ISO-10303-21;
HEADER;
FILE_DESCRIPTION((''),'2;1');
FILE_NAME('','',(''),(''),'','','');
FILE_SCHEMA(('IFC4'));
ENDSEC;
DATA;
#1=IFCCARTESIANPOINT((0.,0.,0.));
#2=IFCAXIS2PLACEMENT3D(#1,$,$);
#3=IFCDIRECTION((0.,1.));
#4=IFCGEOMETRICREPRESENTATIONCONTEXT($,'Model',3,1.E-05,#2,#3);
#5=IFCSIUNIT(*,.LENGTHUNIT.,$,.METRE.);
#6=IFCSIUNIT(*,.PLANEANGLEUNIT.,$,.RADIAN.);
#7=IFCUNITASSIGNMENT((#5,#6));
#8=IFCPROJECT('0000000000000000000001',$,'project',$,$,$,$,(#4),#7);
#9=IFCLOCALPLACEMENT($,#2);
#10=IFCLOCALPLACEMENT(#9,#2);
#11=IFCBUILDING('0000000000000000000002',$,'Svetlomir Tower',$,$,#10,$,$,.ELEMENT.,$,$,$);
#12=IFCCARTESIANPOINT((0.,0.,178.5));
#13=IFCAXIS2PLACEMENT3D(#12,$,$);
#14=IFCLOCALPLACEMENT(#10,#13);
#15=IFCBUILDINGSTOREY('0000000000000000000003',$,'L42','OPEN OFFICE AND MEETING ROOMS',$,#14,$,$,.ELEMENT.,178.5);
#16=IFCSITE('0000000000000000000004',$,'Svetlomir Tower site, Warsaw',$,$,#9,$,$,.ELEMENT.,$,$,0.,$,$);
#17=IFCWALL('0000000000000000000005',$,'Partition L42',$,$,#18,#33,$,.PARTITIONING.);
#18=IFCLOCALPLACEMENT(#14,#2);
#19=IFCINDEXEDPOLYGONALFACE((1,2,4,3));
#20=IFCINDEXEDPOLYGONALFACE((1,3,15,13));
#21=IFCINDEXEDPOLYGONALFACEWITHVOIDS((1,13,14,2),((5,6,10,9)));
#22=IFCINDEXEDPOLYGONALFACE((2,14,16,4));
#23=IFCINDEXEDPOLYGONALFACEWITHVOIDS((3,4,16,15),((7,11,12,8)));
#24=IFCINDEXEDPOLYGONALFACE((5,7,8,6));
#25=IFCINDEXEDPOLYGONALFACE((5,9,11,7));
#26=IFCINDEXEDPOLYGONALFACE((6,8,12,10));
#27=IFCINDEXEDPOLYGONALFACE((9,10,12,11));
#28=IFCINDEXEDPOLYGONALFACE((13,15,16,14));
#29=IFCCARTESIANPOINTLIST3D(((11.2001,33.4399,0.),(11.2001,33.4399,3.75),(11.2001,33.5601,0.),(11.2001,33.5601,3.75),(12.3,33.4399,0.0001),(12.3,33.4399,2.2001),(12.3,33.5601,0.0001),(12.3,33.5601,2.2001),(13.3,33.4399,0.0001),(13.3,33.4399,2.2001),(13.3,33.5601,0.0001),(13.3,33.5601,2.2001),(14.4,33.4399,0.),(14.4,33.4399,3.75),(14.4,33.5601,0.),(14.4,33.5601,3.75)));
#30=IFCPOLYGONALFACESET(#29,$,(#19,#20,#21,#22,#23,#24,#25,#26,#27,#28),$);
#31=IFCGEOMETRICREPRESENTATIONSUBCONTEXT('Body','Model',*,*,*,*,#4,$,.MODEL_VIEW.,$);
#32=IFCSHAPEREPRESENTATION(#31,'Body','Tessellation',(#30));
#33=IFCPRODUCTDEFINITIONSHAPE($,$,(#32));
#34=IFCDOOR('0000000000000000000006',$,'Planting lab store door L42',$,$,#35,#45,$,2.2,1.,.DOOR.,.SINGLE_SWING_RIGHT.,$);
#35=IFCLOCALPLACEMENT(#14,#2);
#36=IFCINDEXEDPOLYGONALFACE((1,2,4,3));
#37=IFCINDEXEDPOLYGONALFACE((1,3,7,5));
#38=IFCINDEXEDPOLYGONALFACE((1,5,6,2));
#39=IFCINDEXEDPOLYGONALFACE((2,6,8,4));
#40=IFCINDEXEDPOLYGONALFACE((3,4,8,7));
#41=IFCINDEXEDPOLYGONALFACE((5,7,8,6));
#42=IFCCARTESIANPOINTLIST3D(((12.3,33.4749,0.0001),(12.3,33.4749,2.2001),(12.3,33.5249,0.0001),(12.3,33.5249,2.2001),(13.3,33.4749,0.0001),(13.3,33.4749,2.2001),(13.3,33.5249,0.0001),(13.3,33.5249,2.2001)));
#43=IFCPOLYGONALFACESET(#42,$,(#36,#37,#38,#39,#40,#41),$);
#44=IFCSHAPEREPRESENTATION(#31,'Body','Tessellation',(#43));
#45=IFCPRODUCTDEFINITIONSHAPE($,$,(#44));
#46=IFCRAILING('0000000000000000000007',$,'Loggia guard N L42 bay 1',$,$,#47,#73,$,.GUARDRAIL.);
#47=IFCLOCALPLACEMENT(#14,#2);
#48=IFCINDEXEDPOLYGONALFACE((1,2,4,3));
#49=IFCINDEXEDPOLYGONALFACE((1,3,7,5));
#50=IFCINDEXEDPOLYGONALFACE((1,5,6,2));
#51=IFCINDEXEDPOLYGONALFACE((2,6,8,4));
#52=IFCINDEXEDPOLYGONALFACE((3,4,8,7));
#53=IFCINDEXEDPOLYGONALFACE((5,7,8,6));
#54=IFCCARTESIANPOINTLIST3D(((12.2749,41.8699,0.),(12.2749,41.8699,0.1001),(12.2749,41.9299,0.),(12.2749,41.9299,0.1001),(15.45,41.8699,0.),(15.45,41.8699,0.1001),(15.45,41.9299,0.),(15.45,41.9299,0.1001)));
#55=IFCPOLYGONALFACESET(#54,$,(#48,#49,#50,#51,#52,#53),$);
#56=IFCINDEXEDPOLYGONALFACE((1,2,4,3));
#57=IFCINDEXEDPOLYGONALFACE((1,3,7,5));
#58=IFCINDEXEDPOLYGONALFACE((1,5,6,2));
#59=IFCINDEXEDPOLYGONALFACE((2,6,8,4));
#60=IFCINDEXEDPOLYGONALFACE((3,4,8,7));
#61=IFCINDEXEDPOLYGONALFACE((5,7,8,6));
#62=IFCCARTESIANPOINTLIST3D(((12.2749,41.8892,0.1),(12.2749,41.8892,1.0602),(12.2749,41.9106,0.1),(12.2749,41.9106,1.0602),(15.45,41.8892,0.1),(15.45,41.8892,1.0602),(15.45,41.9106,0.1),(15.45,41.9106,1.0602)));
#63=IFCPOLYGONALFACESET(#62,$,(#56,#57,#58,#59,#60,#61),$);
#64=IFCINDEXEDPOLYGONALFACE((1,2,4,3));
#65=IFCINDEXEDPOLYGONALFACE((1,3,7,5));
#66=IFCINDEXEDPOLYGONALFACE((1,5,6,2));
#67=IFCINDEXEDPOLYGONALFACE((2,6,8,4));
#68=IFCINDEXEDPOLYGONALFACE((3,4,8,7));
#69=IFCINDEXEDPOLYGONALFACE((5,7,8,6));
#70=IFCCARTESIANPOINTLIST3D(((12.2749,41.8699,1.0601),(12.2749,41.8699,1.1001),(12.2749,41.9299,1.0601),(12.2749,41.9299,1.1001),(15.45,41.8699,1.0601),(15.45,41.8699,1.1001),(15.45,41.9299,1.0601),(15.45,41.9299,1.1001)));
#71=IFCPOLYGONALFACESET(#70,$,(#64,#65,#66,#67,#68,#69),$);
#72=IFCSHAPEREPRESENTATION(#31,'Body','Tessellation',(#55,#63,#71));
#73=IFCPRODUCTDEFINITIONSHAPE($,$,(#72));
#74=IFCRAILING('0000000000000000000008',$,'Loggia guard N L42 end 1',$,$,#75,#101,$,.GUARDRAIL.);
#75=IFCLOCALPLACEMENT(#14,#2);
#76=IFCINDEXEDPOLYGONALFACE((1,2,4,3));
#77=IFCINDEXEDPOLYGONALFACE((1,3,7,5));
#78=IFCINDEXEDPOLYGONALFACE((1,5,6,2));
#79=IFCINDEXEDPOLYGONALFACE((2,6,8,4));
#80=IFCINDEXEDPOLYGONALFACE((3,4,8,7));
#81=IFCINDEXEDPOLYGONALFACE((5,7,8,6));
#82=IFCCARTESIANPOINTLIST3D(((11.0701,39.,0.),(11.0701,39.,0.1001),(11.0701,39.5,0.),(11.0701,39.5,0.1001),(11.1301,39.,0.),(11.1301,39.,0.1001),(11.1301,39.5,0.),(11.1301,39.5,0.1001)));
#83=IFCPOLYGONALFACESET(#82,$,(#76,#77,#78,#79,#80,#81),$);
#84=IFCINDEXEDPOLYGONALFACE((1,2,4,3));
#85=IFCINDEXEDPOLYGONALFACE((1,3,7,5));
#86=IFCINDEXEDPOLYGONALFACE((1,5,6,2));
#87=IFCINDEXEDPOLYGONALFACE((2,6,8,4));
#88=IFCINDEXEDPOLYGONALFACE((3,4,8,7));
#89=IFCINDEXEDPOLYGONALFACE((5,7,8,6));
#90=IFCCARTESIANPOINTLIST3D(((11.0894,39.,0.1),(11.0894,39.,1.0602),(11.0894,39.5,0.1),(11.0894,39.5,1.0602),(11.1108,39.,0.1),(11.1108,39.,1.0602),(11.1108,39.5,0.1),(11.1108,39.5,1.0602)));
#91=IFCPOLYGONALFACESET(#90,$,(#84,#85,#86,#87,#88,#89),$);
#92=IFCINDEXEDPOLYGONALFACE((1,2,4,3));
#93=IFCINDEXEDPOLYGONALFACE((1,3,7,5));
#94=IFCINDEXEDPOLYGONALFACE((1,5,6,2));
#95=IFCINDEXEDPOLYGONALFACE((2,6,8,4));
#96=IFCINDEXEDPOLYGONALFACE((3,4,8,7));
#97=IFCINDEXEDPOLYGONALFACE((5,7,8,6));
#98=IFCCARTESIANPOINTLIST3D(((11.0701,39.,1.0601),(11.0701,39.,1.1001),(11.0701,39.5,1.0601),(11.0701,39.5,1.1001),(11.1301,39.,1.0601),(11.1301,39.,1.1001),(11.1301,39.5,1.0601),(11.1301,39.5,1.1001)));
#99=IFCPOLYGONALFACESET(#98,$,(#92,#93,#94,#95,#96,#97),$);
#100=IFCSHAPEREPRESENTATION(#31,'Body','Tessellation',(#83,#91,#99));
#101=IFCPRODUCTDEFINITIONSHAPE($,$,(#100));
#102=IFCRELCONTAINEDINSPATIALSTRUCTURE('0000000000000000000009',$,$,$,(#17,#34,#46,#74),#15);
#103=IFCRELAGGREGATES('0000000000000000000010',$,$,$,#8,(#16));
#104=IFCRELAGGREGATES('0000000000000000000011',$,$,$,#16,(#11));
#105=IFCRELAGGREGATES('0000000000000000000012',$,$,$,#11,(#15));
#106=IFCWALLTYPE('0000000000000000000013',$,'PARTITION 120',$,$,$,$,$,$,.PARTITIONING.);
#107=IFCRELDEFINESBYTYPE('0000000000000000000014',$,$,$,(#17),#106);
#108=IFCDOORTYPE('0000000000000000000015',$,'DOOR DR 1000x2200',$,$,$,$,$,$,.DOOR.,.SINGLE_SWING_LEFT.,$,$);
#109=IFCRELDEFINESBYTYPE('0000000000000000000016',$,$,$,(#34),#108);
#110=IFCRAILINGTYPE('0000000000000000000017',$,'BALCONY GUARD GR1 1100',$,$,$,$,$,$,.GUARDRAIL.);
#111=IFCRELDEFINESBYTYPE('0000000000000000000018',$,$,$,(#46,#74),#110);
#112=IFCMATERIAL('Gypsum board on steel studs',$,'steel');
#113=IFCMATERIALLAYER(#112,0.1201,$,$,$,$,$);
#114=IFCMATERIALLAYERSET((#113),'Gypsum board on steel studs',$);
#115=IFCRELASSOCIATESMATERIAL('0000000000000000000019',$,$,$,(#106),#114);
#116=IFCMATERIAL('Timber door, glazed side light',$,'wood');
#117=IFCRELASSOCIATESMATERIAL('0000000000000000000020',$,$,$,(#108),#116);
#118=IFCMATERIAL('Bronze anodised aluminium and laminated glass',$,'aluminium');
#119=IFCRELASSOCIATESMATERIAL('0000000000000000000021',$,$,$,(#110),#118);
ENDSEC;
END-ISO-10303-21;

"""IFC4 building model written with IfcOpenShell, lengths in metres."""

from ifc_helpers import new_model, si_unit, direction, frame, frame_2d, origin, origin_2d, place, context, subcontext, project, spatial, rectangle, extrude, material, layer, layer_set, type_object, element, fill, save


model = new_model("IFC4")

# Units and contexts
model_context = context("Model", 3, precision=1e-05, world=origin(), true_north=direction((0.0, 1.0)))
body_context = subcontext(model_context, "Body", "Model", "MODEL_VIEW")
ifc_project = project(units=[si_unit("LENGTHUNIT", "METRE"), si_unit("PLANEANGLEUNIT", "RADIAN")], contexts=[model_context])

# Site, building, storey
site_placement = place(None, origin())
site = spatial("IfcSite", under=ifc_project, at=site_placement, Name="Svetlomir Tower site, Warsaw", CompositionType="ELEMENT", RefElevation=0.0)
building_placement = place(site_placement, origin())
building = spatial("IfcBuilding", under=site, at=building_placement, Name="Svetlomir Tower", CompositionType="ELEMENT")
storey_placement = place(building_placement, frame((0.0, 0.0, 178.5)))
storey = spatial("IfcBuildingStorey", under=building, at=storey_placement, Name="L42", Description="OPEN OFFICE AND MEETING ROOMS", CompositionType="ELEMENT", Elevation=178.5)

# Wall, opening, door
ifc_material_1 = material(Name="Gypsum board on steel studs", Category="steel")
ifc_layer_1 = layer(ifc_material_1, 0.1201)
ifc_layer_set_1 = layer_set([ifc_layer_1], Name="Gypsum board on steel studs")
wall_type = type_object("IfcWallType", Name="PARTITION 120", PredefinedType="PARTITIONING", material=ifc_layer_set_1)
wall_placement = place(storey_placement, frame((11.2, 33.5, 0.0), z_axis=(0.0, 0.0, 1.0), x_axis=(1.0, 0.0, 0.0)))
wall = element("IfcWall", 1, at=wall_placement, inside=storey, type_object=wall_type, Name="Partition L42", PredefinedType="PARTITIONING", context=body_context, shape_type="SweptSolid", body=[
    extrude(rectangle(XDim=3.2, YDim=0.1201, at=frame_2d((1.6001, 0.0))), origin(), (0.0, 0.0, 1.0), 3.75),
])
opening_placement = place(wall_placement, frame((1.1001, 0.0, 0.0)))
opening = element("IfcOpeningElement", 2, at=opening_placement, cuts=wall, PredefinedType="OPENING", context=body_context, shape_type="SweptSolid", body=[
    extrude(rectangle(XDim=1.0, YDim=2.2, at=frame_2d((0.5, 1.1001))), frame((0.0, 0.0701, 0.0), z_axis=(0.0, -1.0, 0.0), x_axis=(1.0, 0.0, 0.0)), (0.0, 0.0, 1.0), 0.1401),
])
ifc_material_2 = material(Name="Timber door, glazed side light", Category="wood")
door_type = type_object("IfcDoorType", Name="DOOR DR 1000x2200", OperationType="SINGLE_SWING_LEFT", PredefinedType="DOOR", material=ifc_material_2)
door_placement = place(opening_placement, origin())
door = element("IfcDoor", 3, at=door_placement, inside=storey, type_object=door_type, Name="Planting lab store door L42", OperationType="SINGLE_SWING_RIGHT", OverallHeight=2.2, OverallWidth=1.0, PredefinedType="DOOR", context=body_context, shape_type="SweptSolid", body=[
    extrude(rectangle(XDim=1.0, YDim=2.2, at=frame_2d((0.5, 1.1001))), frame((0.0, 0.0249, 0.0), z_axis=(0.0, -1.0, 0.0), x_axis=(1.0, 0.0, 0.0)), (0.0, 0.0, 1.0), 0.05),
])
fill(opening, door)

# Railings
ifc_material_3 = material(Name="Bronze anodised aluminium and laminated glass", Category="aluminium")
railing_type = type_object("IfcRailingType", Name="BALCONY GUARD GR1 1100", PredefinedType="GUARDRAIL", material=ifc_material_3)
railing_1_placement = place(storey_placement, frame((12.2749, 41.8999, 0.0)))
element("IfcRailing", 4, at=railing_1_placement, inside=storey, type_object=railing_type, Name="Loggia guard N L42 bay 1", PredefinedType="GUARDRAIL", context=body_context, shape_type="SweptSolid", body=[
    extrude(rectangle(XDim=0.0601, YDim=0.1001, at=origin_2d()), frame((0.0, 0.0, 0.05), z_axis=(1.0, 0.0, 0.0), x_axis=(0.0, 1.0, 0.0)), (0.0, 0.0, 1.0), 3.175),
    extrude(rectangle(XDim=0.0215, YDim=0.9602, at=origin_2d()), frame((0.0, 0.0, 0.5801), z_axis=(1.0, 0.0, 0.0), x_axis=(0.0, 1.0, 0.0)), (0.0, 0.0, 1.0), 3.175),
    extrude(rectangle(XDim=0.0601, YDim=0.04, at=origin_2d()), frame((0.0, 0.0, 1.0801), z_axis=(1.0, 0.0, 0.0), x_axis=(0.0, 1.0, 0.0)), (0.0, 0.0, 1.0), 3.175),
])
railing_2_placement = place(storey_placement, frame((11.1001, 39.5, 0.0)))
element("IfcRailing", 5, at=railing_2_placement, inside=storey, type_object=railing_type, Name="Loggia guard N L42 end 1", PredefinedType="GUARDRAIL", context=body_context, shape_type="SweptSolid", body=[
    extrude(rectangle(XDim=0.0601, YDim=0.1001, at=origin_2d()), frame((0.0, 0.0, 0.05), z_axis=(0.0, -1.0, 0.0), x_axis=(1.0, 0.0, 0.0)), (0.0, 0.0, 1.0), 0.5),
    extrude(rectangle(XDim=0.0215, YDim=0.9602, at=origin_2d()), frame((0.0, 0.0, 0.5801), z_axis=(0.0, -1.0, 0.0), x_axis=(1.0, 0.0, 0.0)), (0.0, 0.0, 1.0), 0.5),
    extrude(rectangle(XDim=0.0601, YDim=0.04, at=origin_2d()), frame((0.0, 0.0, 1.0801), z_axis=(0.0, -1.0, 0.0), x_axis=(1.0, 0.0, 0.0)), (0.0, 0.0, 1.0), 0.5),
])

save(model, "model.ifc")
